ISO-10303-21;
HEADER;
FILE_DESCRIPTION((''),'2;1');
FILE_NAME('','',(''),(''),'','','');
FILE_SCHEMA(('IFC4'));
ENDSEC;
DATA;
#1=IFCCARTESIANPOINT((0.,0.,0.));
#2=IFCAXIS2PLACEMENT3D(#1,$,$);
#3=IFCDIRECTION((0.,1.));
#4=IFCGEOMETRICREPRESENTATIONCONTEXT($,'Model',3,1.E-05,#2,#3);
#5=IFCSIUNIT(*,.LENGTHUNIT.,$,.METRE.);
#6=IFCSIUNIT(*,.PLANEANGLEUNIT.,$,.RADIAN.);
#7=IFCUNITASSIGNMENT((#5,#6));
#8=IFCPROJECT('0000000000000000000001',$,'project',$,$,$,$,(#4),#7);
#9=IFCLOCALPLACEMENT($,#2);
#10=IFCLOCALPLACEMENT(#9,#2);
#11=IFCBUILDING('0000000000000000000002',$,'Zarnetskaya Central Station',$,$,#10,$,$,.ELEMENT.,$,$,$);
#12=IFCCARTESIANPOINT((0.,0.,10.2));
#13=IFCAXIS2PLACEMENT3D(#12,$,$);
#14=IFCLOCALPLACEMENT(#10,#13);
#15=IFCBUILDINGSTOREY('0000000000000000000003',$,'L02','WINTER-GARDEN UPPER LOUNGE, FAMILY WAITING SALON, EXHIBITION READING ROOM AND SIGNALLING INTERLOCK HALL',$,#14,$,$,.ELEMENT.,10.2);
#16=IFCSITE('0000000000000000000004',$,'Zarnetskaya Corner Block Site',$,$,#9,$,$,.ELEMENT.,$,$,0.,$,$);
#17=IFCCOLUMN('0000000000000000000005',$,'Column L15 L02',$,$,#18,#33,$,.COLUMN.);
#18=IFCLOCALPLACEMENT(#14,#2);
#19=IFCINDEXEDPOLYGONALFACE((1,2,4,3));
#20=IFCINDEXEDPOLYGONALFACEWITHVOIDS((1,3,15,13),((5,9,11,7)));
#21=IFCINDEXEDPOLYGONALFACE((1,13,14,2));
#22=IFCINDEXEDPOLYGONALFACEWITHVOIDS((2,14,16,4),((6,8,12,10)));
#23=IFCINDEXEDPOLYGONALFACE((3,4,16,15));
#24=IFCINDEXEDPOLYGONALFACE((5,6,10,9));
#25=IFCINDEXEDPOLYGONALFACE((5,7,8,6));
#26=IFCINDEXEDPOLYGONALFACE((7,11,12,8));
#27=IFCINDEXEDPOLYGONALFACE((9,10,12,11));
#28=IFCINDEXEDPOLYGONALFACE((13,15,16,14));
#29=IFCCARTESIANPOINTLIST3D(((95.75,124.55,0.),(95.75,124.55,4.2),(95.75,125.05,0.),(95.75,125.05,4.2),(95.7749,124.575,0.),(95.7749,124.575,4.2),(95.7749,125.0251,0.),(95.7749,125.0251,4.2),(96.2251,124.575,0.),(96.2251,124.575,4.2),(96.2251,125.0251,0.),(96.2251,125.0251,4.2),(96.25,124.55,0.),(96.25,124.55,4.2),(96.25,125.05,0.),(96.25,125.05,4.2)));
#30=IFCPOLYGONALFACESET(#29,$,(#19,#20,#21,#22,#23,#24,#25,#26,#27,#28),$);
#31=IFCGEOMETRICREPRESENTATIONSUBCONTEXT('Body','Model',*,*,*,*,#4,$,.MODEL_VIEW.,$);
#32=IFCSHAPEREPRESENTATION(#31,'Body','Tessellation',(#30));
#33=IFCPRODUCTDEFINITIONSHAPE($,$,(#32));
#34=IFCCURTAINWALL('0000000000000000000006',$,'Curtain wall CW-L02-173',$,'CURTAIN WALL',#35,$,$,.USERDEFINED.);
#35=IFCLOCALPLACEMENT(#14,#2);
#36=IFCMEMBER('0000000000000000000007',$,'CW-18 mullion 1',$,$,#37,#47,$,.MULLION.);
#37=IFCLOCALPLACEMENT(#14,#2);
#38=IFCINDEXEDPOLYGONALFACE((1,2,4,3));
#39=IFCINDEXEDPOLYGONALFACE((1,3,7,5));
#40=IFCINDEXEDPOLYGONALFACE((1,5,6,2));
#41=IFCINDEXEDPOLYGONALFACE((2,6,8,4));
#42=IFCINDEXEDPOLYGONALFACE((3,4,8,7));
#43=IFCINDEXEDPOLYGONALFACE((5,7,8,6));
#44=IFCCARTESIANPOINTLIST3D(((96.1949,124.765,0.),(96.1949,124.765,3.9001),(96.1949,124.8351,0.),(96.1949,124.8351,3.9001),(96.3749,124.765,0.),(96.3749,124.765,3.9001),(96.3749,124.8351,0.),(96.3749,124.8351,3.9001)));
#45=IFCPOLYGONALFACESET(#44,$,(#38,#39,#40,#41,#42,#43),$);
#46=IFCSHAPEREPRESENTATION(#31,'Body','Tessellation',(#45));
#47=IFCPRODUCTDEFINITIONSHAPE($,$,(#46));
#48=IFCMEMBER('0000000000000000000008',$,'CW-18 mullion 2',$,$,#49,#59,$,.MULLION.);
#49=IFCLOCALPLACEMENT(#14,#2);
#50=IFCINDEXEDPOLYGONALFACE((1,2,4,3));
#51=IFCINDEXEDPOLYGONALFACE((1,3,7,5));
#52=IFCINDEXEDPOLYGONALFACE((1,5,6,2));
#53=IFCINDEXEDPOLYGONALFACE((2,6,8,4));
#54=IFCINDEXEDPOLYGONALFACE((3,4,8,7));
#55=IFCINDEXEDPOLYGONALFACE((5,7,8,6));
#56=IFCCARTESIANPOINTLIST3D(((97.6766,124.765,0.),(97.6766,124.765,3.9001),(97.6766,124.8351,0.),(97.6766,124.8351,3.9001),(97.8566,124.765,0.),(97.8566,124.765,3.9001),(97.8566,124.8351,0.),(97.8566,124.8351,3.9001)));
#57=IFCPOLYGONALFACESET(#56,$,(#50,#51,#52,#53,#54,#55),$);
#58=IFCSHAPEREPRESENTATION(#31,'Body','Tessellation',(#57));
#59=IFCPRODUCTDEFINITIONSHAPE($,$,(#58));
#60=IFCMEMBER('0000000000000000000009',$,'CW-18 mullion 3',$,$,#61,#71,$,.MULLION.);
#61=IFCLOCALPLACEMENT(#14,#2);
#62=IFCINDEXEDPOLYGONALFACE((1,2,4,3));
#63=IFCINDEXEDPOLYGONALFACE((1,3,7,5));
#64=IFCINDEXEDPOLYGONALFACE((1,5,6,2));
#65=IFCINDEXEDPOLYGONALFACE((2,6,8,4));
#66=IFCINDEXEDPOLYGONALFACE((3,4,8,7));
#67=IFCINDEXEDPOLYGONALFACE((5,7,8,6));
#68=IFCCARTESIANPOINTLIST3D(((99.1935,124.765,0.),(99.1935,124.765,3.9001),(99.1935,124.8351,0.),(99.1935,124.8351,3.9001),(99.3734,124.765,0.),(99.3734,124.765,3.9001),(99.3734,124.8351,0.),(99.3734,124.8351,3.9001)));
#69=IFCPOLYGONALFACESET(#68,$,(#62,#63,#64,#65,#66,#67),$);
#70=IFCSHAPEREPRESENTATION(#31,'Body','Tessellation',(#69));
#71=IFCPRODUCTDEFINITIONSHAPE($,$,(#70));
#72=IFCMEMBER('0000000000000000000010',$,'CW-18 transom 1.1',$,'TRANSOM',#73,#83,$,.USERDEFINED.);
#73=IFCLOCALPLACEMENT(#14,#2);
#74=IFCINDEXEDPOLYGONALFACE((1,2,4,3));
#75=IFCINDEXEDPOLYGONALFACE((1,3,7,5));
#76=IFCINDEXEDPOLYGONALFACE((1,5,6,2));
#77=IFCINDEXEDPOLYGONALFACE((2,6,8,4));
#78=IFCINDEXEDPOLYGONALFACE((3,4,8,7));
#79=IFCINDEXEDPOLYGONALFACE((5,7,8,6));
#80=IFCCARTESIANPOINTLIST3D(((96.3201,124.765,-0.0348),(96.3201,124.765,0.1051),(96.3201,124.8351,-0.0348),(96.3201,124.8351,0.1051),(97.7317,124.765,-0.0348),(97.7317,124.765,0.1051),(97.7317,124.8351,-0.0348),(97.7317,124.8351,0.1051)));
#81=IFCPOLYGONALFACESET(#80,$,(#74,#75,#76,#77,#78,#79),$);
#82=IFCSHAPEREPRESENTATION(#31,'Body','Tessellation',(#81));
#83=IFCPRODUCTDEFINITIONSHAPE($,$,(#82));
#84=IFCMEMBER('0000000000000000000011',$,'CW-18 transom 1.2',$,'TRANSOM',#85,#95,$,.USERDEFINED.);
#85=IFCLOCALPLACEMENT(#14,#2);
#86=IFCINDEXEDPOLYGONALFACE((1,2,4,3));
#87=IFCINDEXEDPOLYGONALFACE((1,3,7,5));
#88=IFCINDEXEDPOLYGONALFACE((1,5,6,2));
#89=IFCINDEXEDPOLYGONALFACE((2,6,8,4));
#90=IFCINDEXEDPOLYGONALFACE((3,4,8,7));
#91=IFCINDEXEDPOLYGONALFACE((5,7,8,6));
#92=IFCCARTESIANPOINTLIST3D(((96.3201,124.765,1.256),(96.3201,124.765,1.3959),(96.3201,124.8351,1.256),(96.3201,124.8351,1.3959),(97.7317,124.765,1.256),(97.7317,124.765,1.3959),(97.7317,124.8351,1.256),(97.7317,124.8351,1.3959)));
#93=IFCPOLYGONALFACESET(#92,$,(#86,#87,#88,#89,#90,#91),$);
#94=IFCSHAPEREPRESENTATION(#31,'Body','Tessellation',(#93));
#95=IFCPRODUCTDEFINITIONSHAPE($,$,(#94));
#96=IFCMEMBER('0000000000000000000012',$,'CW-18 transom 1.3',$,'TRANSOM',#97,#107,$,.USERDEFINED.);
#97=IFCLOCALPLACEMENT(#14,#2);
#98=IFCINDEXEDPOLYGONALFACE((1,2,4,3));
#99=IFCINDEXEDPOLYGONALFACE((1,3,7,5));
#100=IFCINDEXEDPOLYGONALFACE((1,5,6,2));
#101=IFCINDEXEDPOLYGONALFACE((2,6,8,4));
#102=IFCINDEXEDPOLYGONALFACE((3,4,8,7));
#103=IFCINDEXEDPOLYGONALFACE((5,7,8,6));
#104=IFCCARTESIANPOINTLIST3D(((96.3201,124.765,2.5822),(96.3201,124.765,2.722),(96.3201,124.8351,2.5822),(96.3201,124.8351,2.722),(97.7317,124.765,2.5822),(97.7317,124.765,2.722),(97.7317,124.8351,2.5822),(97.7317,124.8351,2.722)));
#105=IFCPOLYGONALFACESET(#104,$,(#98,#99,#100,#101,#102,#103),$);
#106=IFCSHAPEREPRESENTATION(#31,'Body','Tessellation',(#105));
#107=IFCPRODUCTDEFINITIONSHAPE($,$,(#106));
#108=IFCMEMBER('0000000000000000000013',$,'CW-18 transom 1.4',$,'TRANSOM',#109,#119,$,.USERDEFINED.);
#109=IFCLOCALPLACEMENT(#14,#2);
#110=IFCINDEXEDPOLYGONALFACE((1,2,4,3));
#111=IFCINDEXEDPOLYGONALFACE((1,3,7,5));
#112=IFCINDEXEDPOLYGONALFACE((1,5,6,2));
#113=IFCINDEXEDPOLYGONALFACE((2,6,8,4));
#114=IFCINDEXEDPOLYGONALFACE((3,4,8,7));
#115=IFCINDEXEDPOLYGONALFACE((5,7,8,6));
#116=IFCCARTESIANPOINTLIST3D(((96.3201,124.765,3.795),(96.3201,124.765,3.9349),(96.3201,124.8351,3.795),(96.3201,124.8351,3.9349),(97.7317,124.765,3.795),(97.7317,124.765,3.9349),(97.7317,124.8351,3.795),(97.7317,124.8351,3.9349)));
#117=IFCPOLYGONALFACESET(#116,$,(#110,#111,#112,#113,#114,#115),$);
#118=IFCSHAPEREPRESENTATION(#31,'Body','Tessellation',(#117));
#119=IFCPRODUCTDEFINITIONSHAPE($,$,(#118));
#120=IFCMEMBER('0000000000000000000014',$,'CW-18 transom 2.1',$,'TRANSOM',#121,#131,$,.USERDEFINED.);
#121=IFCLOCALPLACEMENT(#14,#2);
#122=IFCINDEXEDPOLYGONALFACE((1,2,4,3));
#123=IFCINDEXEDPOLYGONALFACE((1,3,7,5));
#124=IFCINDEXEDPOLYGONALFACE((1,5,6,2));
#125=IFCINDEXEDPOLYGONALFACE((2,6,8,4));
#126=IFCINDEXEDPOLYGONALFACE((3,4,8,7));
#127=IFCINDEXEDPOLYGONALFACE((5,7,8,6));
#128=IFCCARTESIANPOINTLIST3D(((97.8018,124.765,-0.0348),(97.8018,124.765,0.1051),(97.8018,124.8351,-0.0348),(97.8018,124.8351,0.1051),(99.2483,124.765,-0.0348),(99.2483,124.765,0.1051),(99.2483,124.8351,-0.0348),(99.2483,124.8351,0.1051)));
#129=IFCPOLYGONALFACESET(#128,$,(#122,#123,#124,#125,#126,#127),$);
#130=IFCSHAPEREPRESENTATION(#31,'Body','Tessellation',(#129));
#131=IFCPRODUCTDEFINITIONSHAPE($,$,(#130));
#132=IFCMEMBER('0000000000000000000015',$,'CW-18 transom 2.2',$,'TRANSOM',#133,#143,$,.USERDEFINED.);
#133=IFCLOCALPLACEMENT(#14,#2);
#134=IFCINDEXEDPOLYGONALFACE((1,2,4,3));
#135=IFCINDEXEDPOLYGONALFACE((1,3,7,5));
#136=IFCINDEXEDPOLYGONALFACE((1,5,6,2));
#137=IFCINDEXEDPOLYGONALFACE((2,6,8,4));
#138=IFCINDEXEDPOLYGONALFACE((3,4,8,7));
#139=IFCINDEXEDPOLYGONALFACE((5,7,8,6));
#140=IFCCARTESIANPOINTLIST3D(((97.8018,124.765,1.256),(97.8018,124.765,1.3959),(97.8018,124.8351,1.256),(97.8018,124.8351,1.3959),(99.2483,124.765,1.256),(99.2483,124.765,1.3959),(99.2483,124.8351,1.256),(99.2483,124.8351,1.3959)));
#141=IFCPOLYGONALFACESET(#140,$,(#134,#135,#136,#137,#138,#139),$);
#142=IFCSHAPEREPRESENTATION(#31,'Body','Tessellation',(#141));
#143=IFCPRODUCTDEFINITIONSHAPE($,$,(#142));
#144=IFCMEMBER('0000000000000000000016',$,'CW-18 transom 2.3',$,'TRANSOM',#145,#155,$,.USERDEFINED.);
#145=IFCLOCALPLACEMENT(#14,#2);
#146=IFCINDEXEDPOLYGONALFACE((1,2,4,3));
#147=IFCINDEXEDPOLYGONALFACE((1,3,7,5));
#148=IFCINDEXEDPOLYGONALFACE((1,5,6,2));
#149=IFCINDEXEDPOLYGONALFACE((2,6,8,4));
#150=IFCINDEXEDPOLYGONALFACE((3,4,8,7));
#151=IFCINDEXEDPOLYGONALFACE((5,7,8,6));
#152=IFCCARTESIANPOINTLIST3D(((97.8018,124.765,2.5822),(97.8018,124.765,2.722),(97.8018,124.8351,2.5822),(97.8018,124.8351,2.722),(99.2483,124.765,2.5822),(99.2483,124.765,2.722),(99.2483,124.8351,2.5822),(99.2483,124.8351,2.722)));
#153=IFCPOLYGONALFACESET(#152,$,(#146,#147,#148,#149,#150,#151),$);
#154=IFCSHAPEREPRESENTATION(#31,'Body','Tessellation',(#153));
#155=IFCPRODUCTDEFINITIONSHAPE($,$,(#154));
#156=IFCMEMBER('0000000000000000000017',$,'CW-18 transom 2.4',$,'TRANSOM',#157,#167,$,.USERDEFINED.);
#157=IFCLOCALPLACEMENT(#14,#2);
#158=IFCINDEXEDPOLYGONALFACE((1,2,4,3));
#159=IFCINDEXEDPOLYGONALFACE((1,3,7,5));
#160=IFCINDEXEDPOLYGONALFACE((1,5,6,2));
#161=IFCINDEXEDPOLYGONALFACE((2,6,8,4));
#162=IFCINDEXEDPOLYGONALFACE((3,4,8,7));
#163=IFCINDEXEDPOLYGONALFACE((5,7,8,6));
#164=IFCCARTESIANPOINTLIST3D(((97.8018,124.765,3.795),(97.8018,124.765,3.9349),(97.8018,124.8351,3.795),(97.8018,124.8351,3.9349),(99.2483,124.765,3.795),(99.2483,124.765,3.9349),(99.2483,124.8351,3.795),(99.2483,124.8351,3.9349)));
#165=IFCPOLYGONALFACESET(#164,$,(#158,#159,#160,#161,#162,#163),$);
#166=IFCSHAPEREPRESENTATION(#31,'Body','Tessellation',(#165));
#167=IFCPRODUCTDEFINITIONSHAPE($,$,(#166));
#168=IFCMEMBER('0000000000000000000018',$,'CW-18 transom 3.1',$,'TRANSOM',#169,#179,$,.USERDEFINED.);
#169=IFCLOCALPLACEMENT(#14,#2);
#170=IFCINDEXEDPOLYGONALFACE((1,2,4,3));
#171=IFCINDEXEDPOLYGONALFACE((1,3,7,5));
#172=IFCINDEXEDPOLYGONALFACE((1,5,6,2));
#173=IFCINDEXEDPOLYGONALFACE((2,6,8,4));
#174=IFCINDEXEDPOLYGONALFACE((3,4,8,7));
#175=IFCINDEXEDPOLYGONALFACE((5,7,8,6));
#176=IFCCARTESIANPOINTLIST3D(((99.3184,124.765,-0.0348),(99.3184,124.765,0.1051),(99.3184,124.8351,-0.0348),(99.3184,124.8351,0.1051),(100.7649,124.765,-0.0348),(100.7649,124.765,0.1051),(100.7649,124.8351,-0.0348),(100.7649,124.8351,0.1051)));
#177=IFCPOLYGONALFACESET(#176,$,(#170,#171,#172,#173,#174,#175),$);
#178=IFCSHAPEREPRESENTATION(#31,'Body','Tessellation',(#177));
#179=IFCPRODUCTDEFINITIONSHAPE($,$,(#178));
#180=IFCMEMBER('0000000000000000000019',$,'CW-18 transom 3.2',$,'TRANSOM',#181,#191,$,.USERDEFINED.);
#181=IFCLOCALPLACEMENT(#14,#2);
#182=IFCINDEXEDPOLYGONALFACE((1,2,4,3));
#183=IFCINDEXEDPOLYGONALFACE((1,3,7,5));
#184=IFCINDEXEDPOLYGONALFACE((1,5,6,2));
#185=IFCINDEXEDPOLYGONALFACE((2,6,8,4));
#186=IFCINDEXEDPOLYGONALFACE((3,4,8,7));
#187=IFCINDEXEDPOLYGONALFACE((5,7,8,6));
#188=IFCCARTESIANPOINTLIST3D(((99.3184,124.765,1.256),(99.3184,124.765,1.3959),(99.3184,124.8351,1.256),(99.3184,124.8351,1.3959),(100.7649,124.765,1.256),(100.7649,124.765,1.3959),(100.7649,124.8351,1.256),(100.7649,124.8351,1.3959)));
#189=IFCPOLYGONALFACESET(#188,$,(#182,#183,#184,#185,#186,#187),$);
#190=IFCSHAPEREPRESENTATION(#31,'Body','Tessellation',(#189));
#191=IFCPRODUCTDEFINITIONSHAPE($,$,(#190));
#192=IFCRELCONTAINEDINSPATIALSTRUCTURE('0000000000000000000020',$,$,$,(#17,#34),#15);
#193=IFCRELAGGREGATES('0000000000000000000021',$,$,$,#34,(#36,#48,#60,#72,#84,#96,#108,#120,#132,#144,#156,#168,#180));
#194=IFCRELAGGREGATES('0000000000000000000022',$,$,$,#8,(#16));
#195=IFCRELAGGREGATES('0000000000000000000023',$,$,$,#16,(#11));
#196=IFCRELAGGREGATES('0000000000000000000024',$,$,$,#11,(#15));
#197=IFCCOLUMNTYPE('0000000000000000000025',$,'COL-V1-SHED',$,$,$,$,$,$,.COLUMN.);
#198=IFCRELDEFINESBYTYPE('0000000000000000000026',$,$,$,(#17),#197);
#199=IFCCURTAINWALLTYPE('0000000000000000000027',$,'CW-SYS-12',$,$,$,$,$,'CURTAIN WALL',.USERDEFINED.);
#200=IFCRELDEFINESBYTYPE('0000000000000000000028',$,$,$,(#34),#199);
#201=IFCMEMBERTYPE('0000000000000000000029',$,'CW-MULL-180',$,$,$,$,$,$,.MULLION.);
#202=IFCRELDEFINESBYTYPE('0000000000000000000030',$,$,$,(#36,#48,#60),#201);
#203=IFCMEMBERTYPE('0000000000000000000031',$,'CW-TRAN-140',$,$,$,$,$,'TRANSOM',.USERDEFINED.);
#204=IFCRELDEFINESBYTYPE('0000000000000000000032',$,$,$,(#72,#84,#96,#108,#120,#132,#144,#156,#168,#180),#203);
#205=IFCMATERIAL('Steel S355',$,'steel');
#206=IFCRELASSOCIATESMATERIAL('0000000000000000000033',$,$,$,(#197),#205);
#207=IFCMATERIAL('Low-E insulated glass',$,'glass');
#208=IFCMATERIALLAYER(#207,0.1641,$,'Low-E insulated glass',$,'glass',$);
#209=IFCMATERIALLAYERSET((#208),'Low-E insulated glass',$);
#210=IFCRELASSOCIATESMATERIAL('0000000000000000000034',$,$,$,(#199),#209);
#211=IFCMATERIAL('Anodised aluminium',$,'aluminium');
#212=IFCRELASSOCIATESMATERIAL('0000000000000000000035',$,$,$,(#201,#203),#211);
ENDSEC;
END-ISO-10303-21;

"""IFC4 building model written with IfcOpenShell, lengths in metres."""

from ifc_helpers import new_model, si_unit, direction, frame, origin, origin_2d, place, context, subcontext, project, spatial, rectangle, hollow_rectangle, extrude, material, layer, layer_set, material_profile, profile_set, type_object, element, aggregate, save


model = new_model("IFC4")

# Units and contexts
model_context = context("Model", 3, precision=1e-05, world=origin(), true_north=direction((0.0, 1.0)))
body_context = subcontext(model_context, "Body", "Model", "MODEL_VIEW")
ifc_project = project(units=[si_unit("LENGTHUNIT", "METRE"), si_unit("PLANEANGLEUNIT", "RADIAN")], contexts=[model_context])

# Site, building, storey
site_placement = place(None, origin())
site = spatial("IfcSite", under=ifc_project, at=site_placement, Name="Zarnetskaya Corner Block Site", CompositionType="ELEMENT", RefElevation=0.0)
building_placement = place(site_placement, origin())
building = spatial("IfcBuilding", under=site, at=building_placement, Name="Zarnetskaya Central Station", CompositionType="ELEMENT")
storey_placement = place(building_placement, frame((0.0, 0.0, 10.2)))
storey = spatial("IfcBuildingStorey", under=building, at=storey_placement, Name="L02", Description="WINTER-GARDEN UPPER LOUNGE, FAMILY WAITING SALON, EXHIBITION READING ROOM AND SIGNALLING INTERLOCK HALL", CompositionType="ELEMENT", Elevation=10.2)

# Column
ifc_material_1 = material(Name="Steel S355", Category="steel")
ifc_material_profile_1 = material_profile(ifc_material_1, hollow_rectangle(XDim=0.5, YDim=0.5, WallThickness=0.0249, at=origin_2d()), Name="BOX 500x500x25")
ifc_profile_set_1 = profile_set([ifc_material_profile_1], Name="Steel S355")
column_type = type_object("IfcColumnType", Name="COL-V1-SHED", PredefinedType="COLUMN", material=ifc_profile_set_1)
column_placement = place(storey_placement, frame((96.0, 124.8, 0.0), z_axis=(0.0, 0.0, 1.0), x_axis=(1.0, 0.0, 0.0)))
element("IfcColumn", 1, at=column_placement, inside=storey, type_object=column_type, Name="Column L15 L02", PredefinedType="COLUMN", context=body_context, shape_type="SweptSolid", body=[
    extrude(hollow_rectangle(XDim=0.5, YDim=0.5, WallThickness=0.0249, at=origin_2d()), origin(), (0.0, 0.0, 1.0), 4.2),
])

# Curtain wall, members
ifc_material_2 = material(Name="Low-E insulated glass", Category="glass")
ifc_layer_1 = layer(ifc_material_2, 0.1641, Name="Low-E insulated glass", Category="glass")
ifc_layer_set_1 = layer_set([ifc_layer_1], Name="Low-E insulated glass")
curtain_wall_type = type_object("IfcCurtainWallType", Name="CW-SYS-12", ElementType="CURTAIN WALL", PredefinedType="USERDEFINED", material=ifc_layer_set_1)
curtain_wall_placement = place(storey_placement, origin())
curtain_wall = element("IfcCurtainWall", 2, at=curtain_wall_placement, inside=storey, type_object=curtain_wall_type, Name="Curtain wall CW-L02-173", ObjectType="CURTAIN WALL", PredefinedType="USERDEFINED")
ifc_material_3 = material(Name="Anodised aluminium", Category="aluminium")
ifc_material_profile_2 = material_profile(ifc_material_3, rectangle(XDim=0.0701, YDim=0.1799, at=origin_2d()), Name="ALU MULL 70x180")
ifc_profile_set_2 = profile_set([ifc_material_profile_2], Name="Anodised aluminium")
member_type_1 = type_object("IfcMemberType", Name="CW-MULL-180", PredefinedType="MULLION", material=ifc_profile_set_2)
member_1_placement = place(storey_placement, frame((96.2849, 124.8, 0.0), z_axis=(0.0, 0.0, 1.0), x_axis=(0.0, 1.0, 0.0)))
member_1 = element("IfcMember", 3, at=member_1_placement, type_object=member_type_1, Name="CW-18 mullion 1", PredefinedType="MULLION", context=body_context, shape_type="SweptSolid", body=[
    extrude(rectangle(XDim=0.0701, YDim=0.1799, at=origin_2d()), origin(), (0.0, 0.0, 1.0), 3.9001),
])
member_2_placement = place(storey_placement, frame((97.7666, 124.8, 0.0), z_axis=(0.0, 0.0, 1.0), x_axis=(0.0, 1.0, 0.0)))
member_2 = element("IfcMember", 4, at=member_2_placement, type_object=member_type_1, Name="CW-18 mullion 2", PredefinedType="MULLION", context=body_context, shape_type="SweptSolid", body=[
    extrude(rectangle(XDim=0.0701, YDim=0.1799, at=origin_2d()), origin(), (0.0, 0.0, 1.0), 3.9001),
])
member_3_placement = place(storey_placement, frame((99.2834, 124.8, 0.0), z_axis=(0.0, 0.0, 1.0), x_axis=(0.0, 1.0, 0.0)))
member_3 = element("IfcMember", 5, at=member_3_placement, type_object=member_type_1, Name="CW-18 mullion 3", PredefinedType="MULLION", context=body_context, shape_type="SweptSolid", body=[
    extrude(rectangle(XDim=0.0701, YDim=0.1799, at=origin_2d()), origin(), (0.0, 0.0, 1.0), 3.9001),
])
ifc_material_profile_3 = material_profile(ifc_material_3, rectangle(XDim=0.0701, YDim=0.1399, at=origin_2d()), Name="ALU TRAN 70x140")
ifc_profile_set_3 = profile_set([ifc_material_profile_3], Name="Anodised aluminium")
member_type_2 = type_object("IfcMemberType", Name="CW-TRAN-140", ElementType="TRANSOM", PredefinedType="USERDEFINED", material=ifc_profile_set_3)
member_4_placement = place(storey_placement, frame((96.3201, 124.8, 0.0352), z_axis=(1.0, 0.0, 0.0), x_axis=(0.0, 1.0, 0.0)))
member_4 = element("IfcMember", 6, at=member_4_placement, type_object=member_type_2, Name="CW-18 transom 1.1", ObjectType="TRANSOM", PredefinedType="USERDEFINED", context=body_context, shape_type="SweptSolid", body=[
    extrude(rectangle(XDim=0.0701, YDim=0.1399, at=origin_2d()), origin(), (0.0, 0.0, 1.0), 1.4116),
])
member_5_placement = place(storey_placement, frame((96.3201, 124.8, 1.3259), z_axis=(1.0, 0.0, 0.0), x_axis=(0.0, 1.0, 0.0)))
member_5 = element("IfcMember", 7, at=member_5_placement, type_object=member_type_2, Name="CW-18 transom 1.2", ObjectType="TRANSOM", PredefinedType="USERDEFINED", context=body_context, shape_type="SweptSolid", body=[
    extrude(rectangle(XDim=0.0701, YDim=0.1399, at=origin_2d()), origin(), (0.0, 0.0, 1.0), 1.4116),
])
member_6_placement = place(storey_placement, frame((96.3201, 124.8, 2.6521), z_axis=(1.0, 0.0, 0.0), x_axis=(0.0, 1.0, 0.0)))
member_6 = element("IfcMember", 8, at=member_6_placement, type_object=member_type_2, Name="CW-18 transom 1.3", ObjectType="TRANSOM", PredefinedType="USERDEFINED", context=body_context, shape_type="SweptSolid", body=[
    extrude(rectangle(XDim=0.0701, YDim=0.1399, at=origin_2d()), origin(), (0.0, 0.0, 1.0), 1.4116),
])
member_7_placement = place(storey_placement, frame((96.3201, 124.8, 3.865), z_axis=(1.0, 0.0, 0.0), x_axis=(0.0, 1.0, 0.0)))
member_7 = element("IfcMember", 9, at=member_7_placement, type_object=member_type_2, Name="CW-18 transom 1.4", ObjectType="TRANSOM", PredefinedType="USERDEFINED", context=body_context, shape_type="SweptSolid", body=[
    extrude(rectangle(XDim=0.0701, YDim=0.1399, at=origin_2d()), origin(), (0.0, 0.0, 1.0), 1.4116),
])
member_8_placement = place(storey_placement, frame((97.8018, 124.8, 0.0352), z_axis=(1.0, 0.0, 0.0), x_axis=(0.0, 1.0, 0.0)))
member_8 = element("IfcMember", 10, at=member_8_placement, type_object=member_type_2, Name="CW-18 transom 2.1", ObjectType="TRANSOM", PredefinedType="USERDEFINED", context=body_context, shape_type="SweptSolid", body=[
    extrude(rectangle(XDim=0.0701, YDim=0.1399, at=origin_2d()), origin(), (0.0, 0.0, 1.0), 1.4465),
])
member_9_placement = place(storey_placement, frame((97.8018, 124.8, 1.3259), z_axis=(1.0, 0.0, 0.0), x_axis=(0.0, 1.0, 0.0)))
member_9 = element("IfcMember", 11, at=member_9_placement, type_object=member_type_2, Name="CW-18 transom 2.2", ObjectType="TRANSOM", PredefinedType="USERDEFINED", context=body_context, shape_type="SweptSolid", body=[
    extrude(rectangle(XDim=0.0701, YDim=0.1399, at=origin_2d()), origin(), (0.0, 0.0, 1.0), 1.4465),
])
member_10_placement = place(storey_placement, frame((97.8018, 124.8, 2.6521), z_axis=(1.0, 0.0, 0.0), x_axis=(0.0, 1.0, 0.0)))
member_10 = element("IfcMember", 12, at=member_10_placement, type_object=member_type_2, Name="CW-18 transom 2.3", ObjectType="TRANSOM", PredefinedType="USERDEFINED", context=body_context, shape_type="SweptSolid", body=[
    extrude(rectangle(XDim=0.0701, YDim=0.1399, at=origin_2d()), origin(), (0.0, 0.0, 1.0), 1.4465),
])
member_11_placement = place(storey_placement, frame((97.8018, 124.8, 3.865), z_axis=(1.0, 0.0, 0.0), x_axis=(0.0, 1.0, 0.0)))
member_11 = element("IfcMember", 13, at=member_11_placement, type_object=member_type_2, Name="CW-18 transom 2.4", ObjectType="TRANSOM", PredefinedType="USERDEFINED", context=body_context, shape_type="SweptSolid", body=[
    extrude(rectangle(XDim=0.0701, YDim=0.1399, at=origin_2d()), origin(), (0.0, 0.0, 1.0), 1.4465),
])
member_12_placement = place(storey_placement, frame((99.3184, 124.8, 0.0352), z_axis=(1.0, 0.0, 0.0), x_axis=(0.0, 1.0, 0.0)))
member_12 = element("IfcMember", 14, at=member_12_placement, type_object=member_type_2, Name="CW-18 transom 3.1", ObjectType="TRANSOM", PredefinedType="USERDEFINED", context=body_context, shape_type="SweptSolid", body=[
    extrude(rectangle(XDim=0.0701, YDim=0.1399, at=origin_2d()), origin(), (0.0, 0.0, 1.0), 1.4465),
])
member_13_placement = place(storey_placement, frame((99.3184, 124.8, 1.3259), z_axis=(1.0, 0.0, 0.0), x_axis=(0.0, 1.0, 0.0)))
member_13 = element("IfcMember", 15, at=member_13_placement, type_object=member_type_2, Name="CW-18 transom 3.2", ObjectType="TRANSOM", PredefinedType="USERDEFINED", context=body_context, shape_type="SweptSolid", body=[
    extrude(rectangle(XDim=0.0701, YDim=0.1399, at=origin_2d()), origin(), (0.0, 0.0, 1.0), 1.4465),
])
aggregate(curtain_wall, [member_1, member_2, member_3, member_4, member_5, member_6, member_7, member_8, member_9, member_10, member_11, member_12, member_13])

save(model, "model.ifc")
